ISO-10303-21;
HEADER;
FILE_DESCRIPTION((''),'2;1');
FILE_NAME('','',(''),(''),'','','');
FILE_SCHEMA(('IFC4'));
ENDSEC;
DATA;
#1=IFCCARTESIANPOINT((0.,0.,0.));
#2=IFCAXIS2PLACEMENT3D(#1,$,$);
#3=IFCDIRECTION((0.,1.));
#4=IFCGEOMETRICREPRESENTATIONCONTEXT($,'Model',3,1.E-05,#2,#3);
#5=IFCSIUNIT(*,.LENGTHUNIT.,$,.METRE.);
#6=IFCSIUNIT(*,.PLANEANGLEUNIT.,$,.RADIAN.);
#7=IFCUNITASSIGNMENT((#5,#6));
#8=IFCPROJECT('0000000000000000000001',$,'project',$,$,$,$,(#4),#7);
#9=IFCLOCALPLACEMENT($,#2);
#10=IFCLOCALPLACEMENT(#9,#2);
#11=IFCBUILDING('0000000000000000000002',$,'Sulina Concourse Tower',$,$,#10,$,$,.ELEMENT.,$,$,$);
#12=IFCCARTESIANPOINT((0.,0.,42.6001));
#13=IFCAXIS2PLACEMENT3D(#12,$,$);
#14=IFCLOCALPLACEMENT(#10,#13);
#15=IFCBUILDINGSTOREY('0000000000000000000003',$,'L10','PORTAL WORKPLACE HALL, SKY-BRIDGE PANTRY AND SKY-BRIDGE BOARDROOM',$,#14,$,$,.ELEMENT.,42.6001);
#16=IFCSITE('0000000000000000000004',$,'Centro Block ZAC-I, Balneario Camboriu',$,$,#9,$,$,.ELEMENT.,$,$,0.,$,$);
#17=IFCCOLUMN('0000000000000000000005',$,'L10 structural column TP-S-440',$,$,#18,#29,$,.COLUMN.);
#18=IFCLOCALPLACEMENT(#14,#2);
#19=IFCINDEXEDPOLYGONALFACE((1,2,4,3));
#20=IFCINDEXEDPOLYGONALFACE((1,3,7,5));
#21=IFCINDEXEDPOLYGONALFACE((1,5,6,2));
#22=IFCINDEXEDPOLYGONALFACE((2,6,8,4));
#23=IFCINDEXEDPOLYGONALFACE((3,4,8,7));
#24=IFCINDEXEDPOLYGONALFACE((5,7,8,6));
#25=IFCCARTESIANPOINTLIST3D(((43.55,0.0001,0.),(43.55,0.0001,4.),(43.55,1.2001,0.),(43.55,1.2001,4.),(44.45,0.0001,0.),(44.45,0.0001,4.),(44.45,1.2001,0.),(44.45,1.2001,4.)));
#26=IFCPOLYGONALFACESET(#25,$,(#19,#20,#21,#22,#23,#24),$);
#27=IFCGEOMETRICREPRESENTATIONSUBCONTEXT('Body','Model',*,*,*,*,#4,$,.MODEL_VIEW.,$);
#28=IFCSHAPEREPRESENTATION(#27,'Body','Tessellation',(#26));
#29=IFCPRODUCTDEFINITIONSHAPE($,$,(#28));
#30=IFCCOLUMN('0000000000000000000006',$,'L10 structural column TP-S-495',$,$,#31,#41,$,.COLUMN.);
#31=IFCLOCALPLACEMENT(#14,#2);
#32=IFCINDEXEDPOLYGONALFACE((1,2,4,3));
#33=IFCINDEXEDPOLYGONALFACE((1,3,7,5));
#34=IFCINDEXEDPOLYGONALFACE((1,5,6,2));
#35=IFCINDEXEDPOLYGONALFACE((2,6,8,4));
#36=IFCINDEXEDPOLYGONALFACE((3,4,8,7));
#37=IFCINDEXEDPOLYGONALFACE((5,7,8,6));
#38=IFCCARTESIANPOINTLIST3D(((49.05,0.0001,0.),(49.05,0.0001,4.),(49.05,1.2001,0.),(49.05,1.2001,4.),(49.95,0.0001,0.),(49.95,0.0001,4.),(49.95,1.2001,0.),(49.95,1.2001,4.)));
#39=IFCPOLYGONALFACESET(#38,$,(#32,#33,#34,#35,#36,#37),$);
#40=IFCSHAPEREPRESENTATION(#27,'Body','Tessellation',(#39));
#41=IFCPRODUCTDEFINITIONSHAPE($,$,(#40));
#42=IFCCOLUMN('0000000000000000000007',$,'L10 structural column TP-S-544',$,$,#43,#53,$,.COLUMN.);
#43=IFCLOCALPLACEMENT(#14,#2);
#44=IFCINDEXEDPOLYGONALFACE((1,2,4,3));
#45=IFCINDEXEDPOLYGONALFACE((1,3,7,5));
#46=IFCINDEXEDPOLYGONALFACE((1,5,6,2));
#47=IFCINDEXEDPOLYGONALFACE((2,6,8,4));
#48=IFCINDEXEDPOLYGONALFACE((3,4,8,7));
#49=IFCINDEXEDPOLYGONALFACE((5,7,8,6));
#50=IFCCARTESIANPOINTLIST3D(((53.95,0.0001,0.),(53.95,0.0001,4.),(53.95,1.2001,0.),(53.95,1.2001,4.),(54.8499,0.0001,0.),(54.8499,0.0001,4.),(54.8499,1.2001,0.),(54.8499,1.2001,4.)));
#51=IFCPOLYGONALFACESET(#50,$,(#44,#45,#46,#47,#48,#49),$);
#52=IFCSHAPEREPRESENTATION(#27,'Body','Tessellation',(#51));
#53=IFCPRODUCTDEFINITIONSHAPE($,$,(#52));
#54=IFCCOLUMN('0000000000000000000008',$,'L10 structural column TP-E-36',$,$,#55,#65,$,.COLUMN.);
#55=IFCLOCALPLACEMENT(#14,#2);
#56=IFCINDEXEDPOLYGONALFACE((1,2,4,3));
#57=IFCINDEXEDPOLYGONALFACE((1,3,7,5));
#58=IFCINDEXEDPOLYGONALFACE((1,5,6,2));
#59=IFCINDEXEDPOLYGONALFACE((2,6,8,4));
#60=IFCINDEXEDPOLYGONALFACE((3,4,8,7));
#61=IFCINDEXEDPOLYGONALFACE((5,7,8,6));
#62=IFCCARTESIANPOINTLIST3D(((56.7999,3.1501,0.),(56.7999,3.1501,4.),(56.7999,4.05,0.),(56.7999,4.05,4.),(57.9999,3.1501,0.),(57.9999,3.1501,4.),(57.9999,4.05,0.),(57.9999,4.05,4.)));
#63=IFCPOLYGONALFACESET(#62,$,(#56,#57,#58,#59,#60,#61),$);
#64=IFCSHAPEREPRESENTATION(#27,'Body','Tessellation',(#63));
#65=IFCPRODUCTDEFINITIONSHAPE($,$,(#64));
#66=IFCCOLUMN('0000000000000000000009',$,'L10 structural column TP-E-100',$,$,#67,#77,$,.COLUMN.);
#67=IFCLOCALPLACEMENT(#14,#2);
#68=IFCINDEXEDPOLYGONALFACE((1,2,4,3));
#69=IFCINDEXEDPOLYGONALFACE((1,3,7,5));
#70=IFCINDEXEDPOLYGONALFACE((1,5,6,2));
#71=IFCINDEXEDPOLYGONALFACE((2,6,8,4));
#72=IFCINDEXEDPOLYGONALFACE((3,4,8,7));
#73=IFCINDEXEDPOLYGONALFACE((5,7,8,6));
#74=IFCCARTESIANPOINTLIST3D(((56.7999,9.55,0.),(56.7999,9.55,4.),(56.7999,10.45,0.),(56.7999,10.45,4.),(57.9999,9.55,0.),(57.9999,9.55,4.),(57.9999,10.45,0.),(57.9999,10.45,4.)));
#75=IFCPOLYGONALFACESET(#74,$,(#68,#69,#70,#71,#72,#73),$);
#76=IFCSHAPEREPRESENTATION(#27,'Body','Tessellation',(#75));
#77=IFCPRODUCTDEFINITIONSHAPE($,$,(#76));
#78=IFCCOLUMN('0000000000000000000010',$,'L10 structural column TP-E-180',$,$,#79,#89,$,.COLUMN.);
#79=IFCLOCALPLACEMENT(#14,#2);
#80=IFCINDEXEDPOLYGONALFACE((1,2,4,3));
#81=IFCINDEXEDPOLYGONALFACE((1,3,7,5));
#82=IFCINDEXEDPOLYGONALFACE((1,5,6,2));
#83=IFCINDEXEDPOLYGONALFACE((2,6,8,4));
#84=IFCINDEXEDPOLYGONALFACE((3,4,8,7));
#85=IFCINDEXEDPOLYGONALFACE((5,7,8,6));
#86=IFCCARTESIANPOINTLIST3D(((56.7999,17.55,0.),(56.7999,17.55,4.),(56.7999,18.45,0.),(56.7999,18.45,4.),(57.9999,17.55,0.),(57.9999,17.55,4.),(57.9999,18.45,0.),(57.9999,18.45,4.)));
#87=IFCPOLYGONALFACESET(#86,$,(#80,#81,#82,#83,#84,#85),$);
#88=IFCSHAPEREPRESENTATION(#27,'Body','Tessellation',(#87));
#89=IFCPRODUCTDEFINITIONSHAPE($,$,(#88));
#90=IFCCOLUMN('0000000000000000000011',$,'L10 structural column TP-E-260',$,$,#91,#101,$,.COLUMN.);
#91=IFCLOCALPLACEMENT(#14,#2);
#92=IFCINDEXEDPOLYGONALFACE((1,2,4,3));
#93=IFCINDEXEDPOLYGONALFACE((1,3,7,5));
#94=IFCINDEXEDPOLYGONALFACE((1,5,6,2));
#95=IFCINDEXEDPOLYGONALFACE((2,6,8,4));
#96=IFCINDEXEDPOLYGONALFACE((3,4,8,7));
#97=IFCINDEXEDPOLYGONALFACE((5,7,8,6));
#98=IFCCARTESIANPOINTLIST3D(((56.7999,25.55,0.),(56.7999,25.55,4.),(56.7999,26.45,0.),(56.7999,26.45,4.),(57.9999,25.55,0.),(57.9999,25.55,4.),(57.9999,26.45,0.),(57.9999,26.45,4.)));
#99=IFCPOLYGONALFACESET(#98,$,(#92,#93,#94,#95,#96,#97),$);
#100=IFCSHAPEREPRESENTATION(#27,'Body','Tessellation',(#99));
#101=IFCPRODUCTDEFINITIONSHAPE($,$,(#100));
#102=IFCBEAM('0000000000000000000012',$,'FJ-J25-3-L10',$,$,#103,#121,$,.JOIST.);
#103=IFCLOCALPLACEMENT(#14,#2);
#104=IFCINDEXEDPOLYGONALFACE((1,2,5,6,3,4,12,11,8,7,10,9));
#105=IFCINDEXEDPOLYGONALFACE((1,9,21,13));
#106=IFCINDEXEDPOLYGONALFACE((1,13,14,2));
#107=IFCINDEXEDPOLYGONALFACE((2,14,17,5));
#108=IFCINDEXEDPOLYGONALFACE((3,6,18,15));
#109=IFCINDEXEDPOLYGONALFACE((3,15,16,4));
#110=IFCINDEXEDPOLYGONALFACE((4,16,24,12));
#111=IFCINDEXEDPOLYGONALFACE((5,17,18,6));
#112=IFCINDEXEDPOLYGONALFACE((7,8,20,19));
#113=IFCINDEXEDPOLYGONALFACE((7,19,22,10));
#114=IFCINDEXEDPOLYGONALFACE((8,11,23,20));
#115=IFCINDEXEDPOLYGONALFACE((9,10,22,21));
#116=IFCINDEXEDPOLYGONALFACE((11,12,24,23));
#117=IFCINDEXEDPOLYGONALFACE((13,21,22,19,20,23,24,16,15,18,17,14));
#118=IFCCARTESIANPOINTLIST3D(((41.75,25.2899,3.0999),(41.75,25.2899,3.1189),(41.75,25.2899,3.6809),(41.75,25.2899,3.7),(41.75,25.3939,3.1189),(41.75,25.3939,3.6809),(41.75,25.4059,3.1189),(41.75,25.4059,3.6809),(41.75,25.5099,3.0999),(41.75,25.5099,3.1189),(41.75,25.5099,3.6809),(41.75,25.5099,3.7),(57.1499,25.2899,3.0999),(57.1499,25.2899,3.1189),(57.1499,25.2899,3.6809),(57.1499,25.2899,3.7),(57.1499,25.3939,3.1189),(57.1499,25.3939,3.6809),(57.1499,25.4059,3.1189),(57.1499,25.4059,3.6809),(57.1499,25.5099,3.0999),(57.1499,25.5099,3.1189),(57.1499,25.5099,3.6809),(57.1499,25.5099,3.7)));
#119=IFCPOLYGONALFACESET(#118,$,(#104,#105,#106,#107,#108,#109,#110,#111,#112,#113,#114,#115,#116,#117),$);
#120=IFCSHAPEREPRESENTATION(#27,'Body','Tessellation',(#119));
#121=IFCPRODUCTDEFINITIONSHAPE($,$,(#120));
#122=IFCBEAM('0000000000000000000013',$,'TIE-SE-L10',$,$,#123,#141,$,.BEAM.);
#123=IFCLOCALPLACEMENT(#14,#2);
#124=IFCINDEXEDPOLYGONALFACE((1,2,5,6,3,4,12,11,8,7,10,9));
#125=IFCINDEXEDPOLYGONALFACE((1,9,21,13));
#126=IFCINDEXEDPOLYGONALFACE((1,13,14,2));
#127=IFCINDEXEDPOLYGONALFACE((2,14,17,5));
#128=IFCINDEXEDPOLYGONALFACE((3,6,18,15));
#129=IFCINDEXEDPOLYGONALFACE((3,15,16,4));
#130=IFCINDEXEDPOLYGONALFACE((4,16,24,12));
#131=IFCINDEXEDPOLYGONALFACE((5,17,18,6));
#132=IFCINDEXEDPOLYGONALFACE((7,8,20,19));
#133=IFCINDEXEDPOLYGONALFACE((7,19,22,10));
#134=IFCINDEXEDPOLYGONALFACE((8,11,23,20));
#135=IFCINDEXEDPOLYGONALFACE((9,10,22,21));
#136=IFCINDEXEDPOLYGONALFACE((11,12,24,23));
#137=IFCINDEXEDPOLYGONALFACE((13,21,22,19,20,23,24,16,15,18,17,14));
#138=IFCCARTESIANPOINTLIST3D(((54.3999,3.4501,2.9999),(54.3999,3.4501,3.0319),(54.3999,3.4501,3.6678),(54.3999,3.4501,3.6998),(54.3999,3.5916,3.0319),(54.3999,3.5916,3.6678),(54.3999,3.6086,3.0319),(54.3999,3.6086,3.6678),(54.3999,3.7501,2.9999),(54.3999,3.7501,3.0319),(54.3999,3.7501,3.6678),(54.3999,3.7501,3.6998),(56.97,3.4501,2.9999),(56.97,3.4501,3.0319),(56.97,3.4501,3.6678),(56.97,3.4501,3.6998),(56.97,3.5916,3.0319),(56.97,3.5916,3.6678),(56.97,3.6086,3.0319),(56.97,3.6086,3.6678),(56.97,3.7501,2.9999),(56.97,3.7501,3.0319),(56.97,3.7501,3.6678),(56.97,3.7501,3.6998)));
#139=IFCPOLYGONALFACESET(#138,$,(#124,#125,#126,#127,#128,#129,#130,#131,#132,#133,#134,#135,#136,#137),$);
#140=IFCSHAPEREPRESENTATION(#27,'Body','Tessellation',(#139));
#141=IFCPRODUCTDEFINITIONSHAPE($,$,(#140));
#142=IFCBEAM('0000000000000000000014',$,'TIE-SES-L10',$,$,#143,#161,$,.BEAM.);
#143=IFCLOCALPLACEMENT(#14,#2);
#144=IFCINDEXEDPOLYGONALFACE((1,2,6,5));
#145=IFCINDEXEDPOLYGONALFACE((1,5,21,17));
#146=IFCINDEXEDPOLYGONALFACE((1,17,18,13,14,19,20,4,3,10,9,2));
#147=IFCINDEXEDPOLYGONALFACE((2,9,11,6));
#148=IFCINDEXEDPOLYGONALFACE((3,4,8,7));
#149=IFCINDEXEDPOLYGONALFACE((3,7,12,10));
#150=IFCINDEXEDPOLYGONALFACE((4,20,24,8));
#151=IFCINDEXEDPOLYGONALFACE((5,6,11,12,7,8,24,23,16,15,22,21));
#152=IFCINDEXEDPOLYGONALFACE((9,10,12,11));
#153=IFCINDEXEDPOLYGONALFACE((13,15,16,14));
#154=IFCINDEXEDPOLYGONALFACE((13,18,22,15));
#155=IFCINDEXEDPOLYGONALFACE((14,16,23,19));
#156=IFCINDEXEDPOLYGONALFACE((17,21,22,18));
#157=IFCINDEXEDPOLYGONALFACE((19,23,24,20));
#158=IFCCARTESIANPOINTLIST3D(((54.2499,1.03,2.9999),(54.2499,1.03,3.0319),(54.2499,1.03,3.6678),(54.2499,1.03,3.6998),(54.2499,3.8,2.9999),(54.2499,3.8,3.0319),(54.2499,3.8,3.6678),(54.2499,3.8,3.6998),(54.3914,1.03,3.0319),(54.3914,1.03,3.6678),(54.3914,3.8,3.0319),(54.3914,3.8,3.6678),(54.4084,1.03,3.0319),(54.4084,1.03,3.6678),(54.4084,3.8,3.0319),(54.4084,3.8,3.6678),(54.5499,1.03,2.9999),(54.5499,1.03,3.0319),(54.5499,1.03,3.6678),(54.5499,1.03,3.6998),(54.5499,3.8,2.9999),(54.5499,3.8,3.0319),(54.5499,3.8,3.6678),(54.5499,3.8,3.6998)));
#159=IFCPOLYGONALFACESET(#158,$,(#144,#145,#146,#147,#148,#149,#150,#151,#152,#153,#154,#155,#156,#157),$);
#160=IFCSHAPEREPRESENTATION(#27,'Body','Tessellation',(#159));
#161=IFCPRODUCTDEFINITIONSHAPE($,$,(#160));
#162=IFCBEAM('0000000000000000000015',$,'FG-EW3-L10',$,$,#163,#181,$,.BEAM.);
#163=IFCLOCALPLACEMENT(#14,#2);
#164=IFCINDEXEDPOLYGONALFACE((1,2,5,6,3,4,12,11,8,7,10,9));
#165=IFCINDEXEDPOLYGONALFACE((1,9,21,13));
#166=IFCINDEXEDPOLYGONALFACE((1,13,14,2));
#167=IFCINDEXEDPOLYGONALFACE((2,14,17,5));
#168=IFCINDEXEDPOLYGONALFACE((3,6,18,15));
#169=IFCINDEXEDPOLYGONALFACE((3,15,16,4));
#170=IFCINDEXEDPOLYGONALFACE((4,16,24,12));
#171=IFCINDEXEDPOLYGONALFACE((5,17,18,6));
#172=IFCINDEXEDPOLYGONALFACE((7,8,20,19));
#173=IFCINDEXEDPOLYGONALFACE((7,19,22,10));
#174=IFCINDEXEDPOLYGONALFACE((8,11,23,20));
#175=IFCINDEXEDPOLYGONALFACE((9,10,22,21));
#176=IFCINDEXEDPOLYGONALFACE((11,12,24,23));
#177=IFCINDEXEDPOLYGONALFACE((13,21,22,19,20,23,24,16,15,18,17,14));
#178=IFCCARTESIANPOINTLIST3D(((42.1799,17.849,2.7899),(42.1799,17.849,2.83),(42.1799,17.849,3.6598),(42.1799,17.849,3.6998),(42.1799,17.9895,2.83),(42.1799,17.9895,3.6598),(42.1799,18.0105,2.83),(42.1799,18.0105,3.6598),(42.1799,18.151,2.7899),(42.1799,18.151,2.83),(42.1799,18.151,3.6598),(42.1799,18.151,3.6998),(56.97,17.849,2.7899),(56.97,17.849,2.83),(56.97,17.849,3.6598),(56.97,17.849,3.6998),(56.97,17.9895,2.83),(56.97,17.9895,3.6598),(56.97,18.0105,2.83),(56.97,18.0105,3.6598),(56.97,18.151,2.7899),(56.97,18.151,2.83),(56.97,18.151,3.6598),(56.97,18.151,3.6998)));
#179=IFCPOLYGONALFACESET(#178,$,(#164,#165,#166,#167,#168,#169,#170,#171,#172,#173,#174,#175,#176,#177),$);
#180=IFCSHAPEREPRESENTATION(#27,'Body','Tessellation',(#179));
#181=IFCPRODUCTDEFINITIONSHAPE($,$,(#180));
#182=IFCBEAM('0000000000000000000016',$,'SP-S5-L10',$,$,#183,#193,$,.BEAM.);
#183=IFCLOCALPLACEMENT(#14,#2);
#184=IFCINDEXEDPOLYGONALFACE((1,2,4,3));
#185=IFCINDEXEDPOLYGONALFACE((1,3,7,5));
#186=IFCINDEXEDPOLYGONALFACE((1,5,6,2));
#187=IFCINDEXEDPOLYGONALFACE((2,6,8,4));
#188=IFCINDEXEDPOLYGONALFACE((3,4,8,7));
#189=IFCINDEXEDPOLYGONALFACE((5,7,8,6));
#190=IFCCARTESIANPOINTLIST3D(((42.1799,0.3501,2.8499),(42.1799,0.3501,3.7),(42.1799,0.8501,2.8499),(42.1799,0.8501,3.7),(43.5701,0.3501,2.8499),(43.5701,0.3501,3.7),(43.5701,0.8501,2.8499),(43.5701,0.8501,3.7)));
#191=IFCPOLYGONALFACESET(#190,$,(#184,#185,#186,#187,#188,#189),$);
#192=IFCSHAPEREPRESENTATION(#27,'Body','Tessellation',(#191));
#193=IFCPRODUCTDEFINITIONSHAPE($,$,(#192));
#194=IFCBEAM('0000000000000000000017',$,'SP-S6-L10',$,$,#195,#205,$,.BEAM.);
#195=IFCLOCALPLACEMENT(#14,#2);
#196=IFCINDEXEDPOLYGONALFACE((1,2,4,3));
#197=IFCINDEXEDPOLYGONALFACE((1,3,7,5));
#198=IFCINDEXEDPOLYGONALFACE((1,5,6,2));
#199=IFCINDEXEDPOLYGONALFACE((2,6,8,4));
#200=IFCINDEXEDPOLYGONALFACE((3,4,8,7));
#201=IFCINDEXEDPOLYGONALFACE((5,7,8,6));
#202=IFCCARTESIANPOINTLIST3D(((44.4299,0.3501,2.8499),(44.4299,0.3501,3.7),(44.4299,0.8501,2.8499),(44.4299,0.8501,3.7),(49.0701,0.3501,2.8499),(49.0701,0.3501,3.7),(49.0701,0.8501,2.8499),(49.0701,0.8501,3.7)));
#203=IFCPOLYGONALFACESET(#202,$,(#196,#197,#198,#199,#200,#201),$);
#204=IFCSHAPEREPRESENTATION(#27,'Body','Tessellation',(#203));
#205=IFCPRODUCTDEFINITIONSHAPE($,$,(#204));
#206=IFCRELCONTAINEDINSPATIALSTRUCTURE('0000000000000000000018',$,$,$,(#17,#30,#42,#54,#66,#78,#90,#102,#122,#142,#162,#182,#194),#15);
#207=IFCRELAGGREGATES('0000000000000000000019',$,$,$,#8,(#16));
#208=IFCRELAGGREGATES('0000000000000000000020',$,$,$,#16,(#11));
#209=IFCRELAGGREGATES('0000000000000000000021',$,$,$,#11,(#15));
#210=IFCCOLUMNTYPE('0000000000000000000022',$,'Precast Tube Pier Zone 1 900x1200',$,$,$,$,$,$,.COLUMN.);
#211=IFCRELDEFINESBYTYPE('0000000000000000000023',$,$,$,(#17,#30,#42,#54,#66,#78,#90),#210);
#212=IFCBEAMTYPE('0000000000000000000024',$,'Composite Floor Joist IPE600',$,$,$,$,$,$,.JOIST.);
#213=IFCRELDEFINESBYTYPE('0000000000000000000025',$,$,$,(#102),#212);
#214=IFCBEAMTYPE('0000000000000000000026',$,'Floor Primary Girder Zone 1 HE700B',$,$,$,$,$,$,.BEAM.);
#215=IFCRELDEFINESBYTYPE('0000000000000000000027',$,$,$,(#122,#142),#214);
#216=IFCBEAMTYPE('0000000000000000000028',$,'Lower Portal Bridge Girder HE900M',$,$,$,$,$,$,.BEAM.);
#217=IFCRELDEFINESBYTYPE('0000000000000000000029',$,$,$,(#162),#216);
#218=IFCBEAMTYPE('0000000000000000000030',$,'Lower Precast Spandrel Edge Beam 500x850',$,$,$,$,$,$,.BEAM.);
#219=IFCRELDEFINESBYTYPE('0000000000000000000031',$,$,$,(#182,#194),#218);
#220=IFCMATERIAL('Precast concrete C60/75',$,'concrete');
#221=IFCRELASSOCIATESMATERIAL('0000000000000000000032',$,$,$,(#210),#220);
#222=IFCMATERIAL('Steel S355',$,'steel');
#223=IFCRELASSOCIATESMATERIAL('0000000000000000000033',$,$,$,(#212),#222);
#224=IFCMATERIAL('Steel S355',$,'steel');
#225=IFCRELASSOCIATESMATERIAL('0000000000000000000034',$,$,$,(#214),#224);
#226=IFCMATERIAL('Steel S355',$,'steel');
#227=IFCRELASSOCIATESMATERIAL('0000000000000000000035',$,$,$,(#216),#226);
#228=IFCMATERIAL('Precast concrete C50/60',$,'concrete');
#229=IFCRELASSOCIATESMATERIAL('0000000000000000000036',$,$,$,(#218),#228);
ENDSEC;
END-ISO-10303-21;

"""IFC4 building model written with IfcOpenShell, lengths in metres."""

from ifc_helpers import new_model, si_unit, direction, frame, origin, origin_2d, place, context, subcontext, project, spatial, rectangle, i_section, extrude, material, material_profile, profile_set, type_object, element, save


model = new_model("IFC4")

# Units and contexts
model_context = context("Model", 3, precision=1e-05, world=origin(), true_north=direction((0.0, 1.0)))
body_context = subcontext(model_context, "Body", "Model", "MODEL_VIEW")
ifc_project = project(units=[si_unit("LENGTHUNIT", "METRE"), si_unit("PLANEANGLEUNIT", "RADIAN")], contexts=[model_context])

# Site, building, storey
site_placement = place(None, origin())
site = spatial("IfcSite", under=ifc_project, at=site_placement, Name="Centro Block ZAC-I, Balneario Camboriu", CompositionType="ELEMENT", RefElevation=0.0)
building_placement = place(site_placement, origin())
building = spatial("IfcBuilding", under=site, at=building_placement, Name="Sulina Concourse Tower", CompositionType="ELEMENT")
storey_placement = place(building_placement, frame((0.0, 0.0, 42.6001)))
storey = spatial("IfcBuildingStorey", under=building, at=storey_placement, Name="L10", Description="PORTAL WORKPLACE HALL, SKY-BRIDGE PANTRY AND SKY-BRIDGE BOARDROOM", CompositionType="ELEMENT", Elevation=42.6001)

# Columns
ifc_material_1 = material(Name="Precast concrete C60/75", Category="concrete")
ifc_material_profile_1 = material_profile(ifc_material_1, rectangle(XDim=0.8999, YDim=1.2, at=origin_2d()), Name="PC 900x1200")
ifc_profile_set_1 = profile_set([ifc_material_profile_1], Name="Precast concrete C60/75")
column_type = type_object("IfcColumnType", Name="Precast Tube Pier Zone 1 900x1200", PredefinedType="COLUMN", material=ifc_profile_set_1)
for number, where, z_axis, x_axis, name in (
    (1, (44.0, 0.6001, 0.0), (0.0, 0.0, 1.0), (1.0, 0.0, 0.0), "L10 structural column TP-S-440"),
    (2, (49.5, 0.6001, 0.0), (0.0, 0.0, 1.0), (1.0, 0.0, 0.0), "L10 structural column TP-S-495"),
    (3, (54.3999, 0.6001, 0.0), (0.0, 0.0, 1.0), (1.0, 0.0, 0.0), "L10 structural column TP-S-544"),
    (4, (57.3999, 3.6001, 0.0), (0.0, 0.0, 1.0), (0.0, 1.0, 0.0), "L10 structural column TP-E-36"),
    (5, (57.3999, 10.0, 0.0), (0.0, 0.0, 1.0), (0.0, 1.0, 0.0), "L10 structural column TP-E-100"),
    (6, (57.3999, 18.0, 0.0), (0.0, 0.0, 1.0), (0.0, 1.0, 0.0), "L10 structural column TP-E-180"),
    (7, (57.3999, 26.0, 0.0), (0.0, 0.0, 1.0), (0.0, 1.0, 0.0), "L10 structural column TP-E-260"),
):
    element("IfcColumn", number, at=place(storey_placement, frame(where, z_axis=z_axis, x_axis=x_axis)), inside=storey, type_object=column_type, Name=name, PredefinedType="COLUMN", context=body_context, shape_type="SweptSolid", body=[
        extrude(rectangle(XDim=0.8999, YDim=1.2, at=origin_2d()), origin(), (0.0, 0.0, 1.0), 4.0),
    ])

# Beams
ifc_material_2 = material(Name="Steel S355", Category="steel")
ifc_material_profile_2 = material_profile(ifc_material_2, i_section(OverallWidth=0.22, OverallDepth=0.6001, WebThickness=0.012, FlangeThickness=0.019, at=origin_2d()), Name="IPE 600")
ifc_profile_set_2 = profile_set([ifc_material_profile_2], Name="Steel S355")
beam_type_1 = type_object("IfcBeamType", Name="Composite Floor Joist IPE600", PredefinedType="JOIST", material=ifc_profile_set_2)
beam_1_placement = place(storey_placement, frame((41.75, 25.3999, 3.3999), z_axis=(1.0, 0.0, 0.0), x_axis=(0.0, 1.0, 0.0)))
element("IfcBeam", 8, at=beam_1_placement, inside=storey, type_object=beam_type_1, Name="FJ-J25-3-L10", PredefinedType="JOIST", context=body_context, shape_type="SweptSolid", body=[
    extrude(i_section(OverallWidth=0.22, OverallDepth=0.6001, WebThickness=0.012, FlangeThickness=0.019, at=origin_2d()), origin(), (0.0, 0.0, 1.0), 15.3999),
])
ifc_material_3 = material(Name="Steel S355", Category="steel")
ifc_material_profile_3 = material_profile(ifc_material_3, i_section(OverallWidth=0.3, OverallDepth=0.7, WebThickness=0.0171, FlangeThickness=0.032, at=origin_2d()), Name="HE 700 B")
ifc_profile_set_3 = profile_set([ifc_material_profile_3], Name="Steel S355")
beam_type_2 = type_object("IfcBeamType", Name="Floor Primary Girder Zone 1 HE700B", PredefinedType="BEAM", material=ifc_profile_set_3)
beam_2_placement = place(storey_placement, frame((54.3999, 3.6001, 3.3499), z_axis=(1.0, 0.0, 0.0), x_axis=(0.0, 1.0, 0.0)))
element("IfcBeam", 9, at=beam_2_placement, inside=storey, type_object=beam_type_2, Name="TIE-SE-L10", PredefinedType="BEAM", context=body_context, shape_type="SweptSolid", body=[
    extrude(i_section(OverallWidth=0.3, OverallDepth=0.7, WebThickness=0.0171, FlangeThickness=0.032, at=origin_2d()), origin(), (0.0, 0.0, 1.0), 2.5701),
])
beam_3_placement = place(storey_placement, frame((54.3999, 1.03, 3.3499), z_axis=(0.0, 1.0, 0.0), x_axis=(-1.0, 0.0, 0.0)))
element("IfcBeam", 10, at=beam_3_placement, inside=storey, type_object=beam_type_2, Name="TIE-SES-L10", PredefinedType="BEAM", context=body_context, shape_type="SweptSolid", body=[
    extrude(i_section(OverallWidth=0.3, OverallDepth=0.7, WebThickness=0.0171, FlangeThickness=0.032, at=origin_2d()), origin(), (0.0, 0.0, 1.0), 2.77),
])
ifc_material_4 = material(Name="Steel S355", Category="steel")
ifc_material_profile_4 = material_profile(ifc_material_4, i_section(OverallWidth=0.302, OverallDepth=0.9099, WebThickness=0.021, FlangeThickness=0.04, at=origin_2d()), Name="HE 900 M")
ifc_profile_set_4 = profile_set([ifc_material_profile_4], Name="Steel S355")
beam_type_3 = type_object("IfcBeamType", Name="Lower Portal Bridge Girder HE900M", PredefinedType="BEAM", material=ifc_profile_set_4)
beam_4_placement = place(storey_placement, frame((42.1799, 18.0, 3.2449), z_axis=(1.0, 0.0, 0.0), x_axis=(0.0, 1.0, 0.0)))
element("IfcBeam", 11, at=beam_4_placement, inside=storey, type_object=beam_type_3, Name="FG-EW3-L10", PredefinedType="BEAM", context=body_context, shape_type="SweptSolid", body=[
    extrude(i_section(OverallWidth=0.302, OverallDepth=0.9099, WebThickness=0.021, FlangeThickness=0.04, at=origin_2d()), origin(), (0.0, 0.0, 1.0), 14.79),
])
ifc_material_5 = material(Name="Precast concrete C50/60", Category="concrete")
ifc_material_profile_5 = material_profile(ifc_material_5, rectangle(XDim=0.5, YDim=0.8501, at=origin_2d()), Name="RC 500x850")
ifc_profile_set_5 = profile_set([ifc_material_profile_5], Name="Precast concrete C50/60")
beam_type_4 = type_object("IfcBeamType", Name="Lower Precast Spandrel Edge Beam 500x850", PredefinedType="BEAM", material=ifc_profile_set_5)
beam_5_placement = place(storey_placement, frame((42.1799, 0.6001, 3.2749), z_axis=(1.0, 0.0, 0.0), x_axis=(0.0, 1.0, 0.0)))
element("IfcBeam", 12, at=beam_5_placement, inside=storey, type_object=beam_type_4, Name="SP-S5-L10", PredefinedType="BEAM", context=body_context, shape_type="SweptSolid", body=[
    extrude(rectangle(XDim=0.5, YDim=0.8501, at=origin_2d()), origin(), (0.0, 0.0, 1.0), 1.3901),
])
beam_6_placement = place(storey_placement, frame((44.4299, 0.6001, 3.2749), z_axis=(1.0, 0.0, 0.0), x_axis=(0.0, 1.0, 0.0)))
element("IfcBeam", 13, at=beam_6_placement, inside=storey, type_object=beam_type_4, Name="SP-S6-L10", PredefinedType="BEAM", context=body_context, shape_type="SweptSolid", body=[
    extrude(rectangle(XDim=0.5, YDim=0.8501, at=origin_2d()), origin(), (0.0, 0.0, 1.0), 4.6401),
])

save(model, "model.ifc")
